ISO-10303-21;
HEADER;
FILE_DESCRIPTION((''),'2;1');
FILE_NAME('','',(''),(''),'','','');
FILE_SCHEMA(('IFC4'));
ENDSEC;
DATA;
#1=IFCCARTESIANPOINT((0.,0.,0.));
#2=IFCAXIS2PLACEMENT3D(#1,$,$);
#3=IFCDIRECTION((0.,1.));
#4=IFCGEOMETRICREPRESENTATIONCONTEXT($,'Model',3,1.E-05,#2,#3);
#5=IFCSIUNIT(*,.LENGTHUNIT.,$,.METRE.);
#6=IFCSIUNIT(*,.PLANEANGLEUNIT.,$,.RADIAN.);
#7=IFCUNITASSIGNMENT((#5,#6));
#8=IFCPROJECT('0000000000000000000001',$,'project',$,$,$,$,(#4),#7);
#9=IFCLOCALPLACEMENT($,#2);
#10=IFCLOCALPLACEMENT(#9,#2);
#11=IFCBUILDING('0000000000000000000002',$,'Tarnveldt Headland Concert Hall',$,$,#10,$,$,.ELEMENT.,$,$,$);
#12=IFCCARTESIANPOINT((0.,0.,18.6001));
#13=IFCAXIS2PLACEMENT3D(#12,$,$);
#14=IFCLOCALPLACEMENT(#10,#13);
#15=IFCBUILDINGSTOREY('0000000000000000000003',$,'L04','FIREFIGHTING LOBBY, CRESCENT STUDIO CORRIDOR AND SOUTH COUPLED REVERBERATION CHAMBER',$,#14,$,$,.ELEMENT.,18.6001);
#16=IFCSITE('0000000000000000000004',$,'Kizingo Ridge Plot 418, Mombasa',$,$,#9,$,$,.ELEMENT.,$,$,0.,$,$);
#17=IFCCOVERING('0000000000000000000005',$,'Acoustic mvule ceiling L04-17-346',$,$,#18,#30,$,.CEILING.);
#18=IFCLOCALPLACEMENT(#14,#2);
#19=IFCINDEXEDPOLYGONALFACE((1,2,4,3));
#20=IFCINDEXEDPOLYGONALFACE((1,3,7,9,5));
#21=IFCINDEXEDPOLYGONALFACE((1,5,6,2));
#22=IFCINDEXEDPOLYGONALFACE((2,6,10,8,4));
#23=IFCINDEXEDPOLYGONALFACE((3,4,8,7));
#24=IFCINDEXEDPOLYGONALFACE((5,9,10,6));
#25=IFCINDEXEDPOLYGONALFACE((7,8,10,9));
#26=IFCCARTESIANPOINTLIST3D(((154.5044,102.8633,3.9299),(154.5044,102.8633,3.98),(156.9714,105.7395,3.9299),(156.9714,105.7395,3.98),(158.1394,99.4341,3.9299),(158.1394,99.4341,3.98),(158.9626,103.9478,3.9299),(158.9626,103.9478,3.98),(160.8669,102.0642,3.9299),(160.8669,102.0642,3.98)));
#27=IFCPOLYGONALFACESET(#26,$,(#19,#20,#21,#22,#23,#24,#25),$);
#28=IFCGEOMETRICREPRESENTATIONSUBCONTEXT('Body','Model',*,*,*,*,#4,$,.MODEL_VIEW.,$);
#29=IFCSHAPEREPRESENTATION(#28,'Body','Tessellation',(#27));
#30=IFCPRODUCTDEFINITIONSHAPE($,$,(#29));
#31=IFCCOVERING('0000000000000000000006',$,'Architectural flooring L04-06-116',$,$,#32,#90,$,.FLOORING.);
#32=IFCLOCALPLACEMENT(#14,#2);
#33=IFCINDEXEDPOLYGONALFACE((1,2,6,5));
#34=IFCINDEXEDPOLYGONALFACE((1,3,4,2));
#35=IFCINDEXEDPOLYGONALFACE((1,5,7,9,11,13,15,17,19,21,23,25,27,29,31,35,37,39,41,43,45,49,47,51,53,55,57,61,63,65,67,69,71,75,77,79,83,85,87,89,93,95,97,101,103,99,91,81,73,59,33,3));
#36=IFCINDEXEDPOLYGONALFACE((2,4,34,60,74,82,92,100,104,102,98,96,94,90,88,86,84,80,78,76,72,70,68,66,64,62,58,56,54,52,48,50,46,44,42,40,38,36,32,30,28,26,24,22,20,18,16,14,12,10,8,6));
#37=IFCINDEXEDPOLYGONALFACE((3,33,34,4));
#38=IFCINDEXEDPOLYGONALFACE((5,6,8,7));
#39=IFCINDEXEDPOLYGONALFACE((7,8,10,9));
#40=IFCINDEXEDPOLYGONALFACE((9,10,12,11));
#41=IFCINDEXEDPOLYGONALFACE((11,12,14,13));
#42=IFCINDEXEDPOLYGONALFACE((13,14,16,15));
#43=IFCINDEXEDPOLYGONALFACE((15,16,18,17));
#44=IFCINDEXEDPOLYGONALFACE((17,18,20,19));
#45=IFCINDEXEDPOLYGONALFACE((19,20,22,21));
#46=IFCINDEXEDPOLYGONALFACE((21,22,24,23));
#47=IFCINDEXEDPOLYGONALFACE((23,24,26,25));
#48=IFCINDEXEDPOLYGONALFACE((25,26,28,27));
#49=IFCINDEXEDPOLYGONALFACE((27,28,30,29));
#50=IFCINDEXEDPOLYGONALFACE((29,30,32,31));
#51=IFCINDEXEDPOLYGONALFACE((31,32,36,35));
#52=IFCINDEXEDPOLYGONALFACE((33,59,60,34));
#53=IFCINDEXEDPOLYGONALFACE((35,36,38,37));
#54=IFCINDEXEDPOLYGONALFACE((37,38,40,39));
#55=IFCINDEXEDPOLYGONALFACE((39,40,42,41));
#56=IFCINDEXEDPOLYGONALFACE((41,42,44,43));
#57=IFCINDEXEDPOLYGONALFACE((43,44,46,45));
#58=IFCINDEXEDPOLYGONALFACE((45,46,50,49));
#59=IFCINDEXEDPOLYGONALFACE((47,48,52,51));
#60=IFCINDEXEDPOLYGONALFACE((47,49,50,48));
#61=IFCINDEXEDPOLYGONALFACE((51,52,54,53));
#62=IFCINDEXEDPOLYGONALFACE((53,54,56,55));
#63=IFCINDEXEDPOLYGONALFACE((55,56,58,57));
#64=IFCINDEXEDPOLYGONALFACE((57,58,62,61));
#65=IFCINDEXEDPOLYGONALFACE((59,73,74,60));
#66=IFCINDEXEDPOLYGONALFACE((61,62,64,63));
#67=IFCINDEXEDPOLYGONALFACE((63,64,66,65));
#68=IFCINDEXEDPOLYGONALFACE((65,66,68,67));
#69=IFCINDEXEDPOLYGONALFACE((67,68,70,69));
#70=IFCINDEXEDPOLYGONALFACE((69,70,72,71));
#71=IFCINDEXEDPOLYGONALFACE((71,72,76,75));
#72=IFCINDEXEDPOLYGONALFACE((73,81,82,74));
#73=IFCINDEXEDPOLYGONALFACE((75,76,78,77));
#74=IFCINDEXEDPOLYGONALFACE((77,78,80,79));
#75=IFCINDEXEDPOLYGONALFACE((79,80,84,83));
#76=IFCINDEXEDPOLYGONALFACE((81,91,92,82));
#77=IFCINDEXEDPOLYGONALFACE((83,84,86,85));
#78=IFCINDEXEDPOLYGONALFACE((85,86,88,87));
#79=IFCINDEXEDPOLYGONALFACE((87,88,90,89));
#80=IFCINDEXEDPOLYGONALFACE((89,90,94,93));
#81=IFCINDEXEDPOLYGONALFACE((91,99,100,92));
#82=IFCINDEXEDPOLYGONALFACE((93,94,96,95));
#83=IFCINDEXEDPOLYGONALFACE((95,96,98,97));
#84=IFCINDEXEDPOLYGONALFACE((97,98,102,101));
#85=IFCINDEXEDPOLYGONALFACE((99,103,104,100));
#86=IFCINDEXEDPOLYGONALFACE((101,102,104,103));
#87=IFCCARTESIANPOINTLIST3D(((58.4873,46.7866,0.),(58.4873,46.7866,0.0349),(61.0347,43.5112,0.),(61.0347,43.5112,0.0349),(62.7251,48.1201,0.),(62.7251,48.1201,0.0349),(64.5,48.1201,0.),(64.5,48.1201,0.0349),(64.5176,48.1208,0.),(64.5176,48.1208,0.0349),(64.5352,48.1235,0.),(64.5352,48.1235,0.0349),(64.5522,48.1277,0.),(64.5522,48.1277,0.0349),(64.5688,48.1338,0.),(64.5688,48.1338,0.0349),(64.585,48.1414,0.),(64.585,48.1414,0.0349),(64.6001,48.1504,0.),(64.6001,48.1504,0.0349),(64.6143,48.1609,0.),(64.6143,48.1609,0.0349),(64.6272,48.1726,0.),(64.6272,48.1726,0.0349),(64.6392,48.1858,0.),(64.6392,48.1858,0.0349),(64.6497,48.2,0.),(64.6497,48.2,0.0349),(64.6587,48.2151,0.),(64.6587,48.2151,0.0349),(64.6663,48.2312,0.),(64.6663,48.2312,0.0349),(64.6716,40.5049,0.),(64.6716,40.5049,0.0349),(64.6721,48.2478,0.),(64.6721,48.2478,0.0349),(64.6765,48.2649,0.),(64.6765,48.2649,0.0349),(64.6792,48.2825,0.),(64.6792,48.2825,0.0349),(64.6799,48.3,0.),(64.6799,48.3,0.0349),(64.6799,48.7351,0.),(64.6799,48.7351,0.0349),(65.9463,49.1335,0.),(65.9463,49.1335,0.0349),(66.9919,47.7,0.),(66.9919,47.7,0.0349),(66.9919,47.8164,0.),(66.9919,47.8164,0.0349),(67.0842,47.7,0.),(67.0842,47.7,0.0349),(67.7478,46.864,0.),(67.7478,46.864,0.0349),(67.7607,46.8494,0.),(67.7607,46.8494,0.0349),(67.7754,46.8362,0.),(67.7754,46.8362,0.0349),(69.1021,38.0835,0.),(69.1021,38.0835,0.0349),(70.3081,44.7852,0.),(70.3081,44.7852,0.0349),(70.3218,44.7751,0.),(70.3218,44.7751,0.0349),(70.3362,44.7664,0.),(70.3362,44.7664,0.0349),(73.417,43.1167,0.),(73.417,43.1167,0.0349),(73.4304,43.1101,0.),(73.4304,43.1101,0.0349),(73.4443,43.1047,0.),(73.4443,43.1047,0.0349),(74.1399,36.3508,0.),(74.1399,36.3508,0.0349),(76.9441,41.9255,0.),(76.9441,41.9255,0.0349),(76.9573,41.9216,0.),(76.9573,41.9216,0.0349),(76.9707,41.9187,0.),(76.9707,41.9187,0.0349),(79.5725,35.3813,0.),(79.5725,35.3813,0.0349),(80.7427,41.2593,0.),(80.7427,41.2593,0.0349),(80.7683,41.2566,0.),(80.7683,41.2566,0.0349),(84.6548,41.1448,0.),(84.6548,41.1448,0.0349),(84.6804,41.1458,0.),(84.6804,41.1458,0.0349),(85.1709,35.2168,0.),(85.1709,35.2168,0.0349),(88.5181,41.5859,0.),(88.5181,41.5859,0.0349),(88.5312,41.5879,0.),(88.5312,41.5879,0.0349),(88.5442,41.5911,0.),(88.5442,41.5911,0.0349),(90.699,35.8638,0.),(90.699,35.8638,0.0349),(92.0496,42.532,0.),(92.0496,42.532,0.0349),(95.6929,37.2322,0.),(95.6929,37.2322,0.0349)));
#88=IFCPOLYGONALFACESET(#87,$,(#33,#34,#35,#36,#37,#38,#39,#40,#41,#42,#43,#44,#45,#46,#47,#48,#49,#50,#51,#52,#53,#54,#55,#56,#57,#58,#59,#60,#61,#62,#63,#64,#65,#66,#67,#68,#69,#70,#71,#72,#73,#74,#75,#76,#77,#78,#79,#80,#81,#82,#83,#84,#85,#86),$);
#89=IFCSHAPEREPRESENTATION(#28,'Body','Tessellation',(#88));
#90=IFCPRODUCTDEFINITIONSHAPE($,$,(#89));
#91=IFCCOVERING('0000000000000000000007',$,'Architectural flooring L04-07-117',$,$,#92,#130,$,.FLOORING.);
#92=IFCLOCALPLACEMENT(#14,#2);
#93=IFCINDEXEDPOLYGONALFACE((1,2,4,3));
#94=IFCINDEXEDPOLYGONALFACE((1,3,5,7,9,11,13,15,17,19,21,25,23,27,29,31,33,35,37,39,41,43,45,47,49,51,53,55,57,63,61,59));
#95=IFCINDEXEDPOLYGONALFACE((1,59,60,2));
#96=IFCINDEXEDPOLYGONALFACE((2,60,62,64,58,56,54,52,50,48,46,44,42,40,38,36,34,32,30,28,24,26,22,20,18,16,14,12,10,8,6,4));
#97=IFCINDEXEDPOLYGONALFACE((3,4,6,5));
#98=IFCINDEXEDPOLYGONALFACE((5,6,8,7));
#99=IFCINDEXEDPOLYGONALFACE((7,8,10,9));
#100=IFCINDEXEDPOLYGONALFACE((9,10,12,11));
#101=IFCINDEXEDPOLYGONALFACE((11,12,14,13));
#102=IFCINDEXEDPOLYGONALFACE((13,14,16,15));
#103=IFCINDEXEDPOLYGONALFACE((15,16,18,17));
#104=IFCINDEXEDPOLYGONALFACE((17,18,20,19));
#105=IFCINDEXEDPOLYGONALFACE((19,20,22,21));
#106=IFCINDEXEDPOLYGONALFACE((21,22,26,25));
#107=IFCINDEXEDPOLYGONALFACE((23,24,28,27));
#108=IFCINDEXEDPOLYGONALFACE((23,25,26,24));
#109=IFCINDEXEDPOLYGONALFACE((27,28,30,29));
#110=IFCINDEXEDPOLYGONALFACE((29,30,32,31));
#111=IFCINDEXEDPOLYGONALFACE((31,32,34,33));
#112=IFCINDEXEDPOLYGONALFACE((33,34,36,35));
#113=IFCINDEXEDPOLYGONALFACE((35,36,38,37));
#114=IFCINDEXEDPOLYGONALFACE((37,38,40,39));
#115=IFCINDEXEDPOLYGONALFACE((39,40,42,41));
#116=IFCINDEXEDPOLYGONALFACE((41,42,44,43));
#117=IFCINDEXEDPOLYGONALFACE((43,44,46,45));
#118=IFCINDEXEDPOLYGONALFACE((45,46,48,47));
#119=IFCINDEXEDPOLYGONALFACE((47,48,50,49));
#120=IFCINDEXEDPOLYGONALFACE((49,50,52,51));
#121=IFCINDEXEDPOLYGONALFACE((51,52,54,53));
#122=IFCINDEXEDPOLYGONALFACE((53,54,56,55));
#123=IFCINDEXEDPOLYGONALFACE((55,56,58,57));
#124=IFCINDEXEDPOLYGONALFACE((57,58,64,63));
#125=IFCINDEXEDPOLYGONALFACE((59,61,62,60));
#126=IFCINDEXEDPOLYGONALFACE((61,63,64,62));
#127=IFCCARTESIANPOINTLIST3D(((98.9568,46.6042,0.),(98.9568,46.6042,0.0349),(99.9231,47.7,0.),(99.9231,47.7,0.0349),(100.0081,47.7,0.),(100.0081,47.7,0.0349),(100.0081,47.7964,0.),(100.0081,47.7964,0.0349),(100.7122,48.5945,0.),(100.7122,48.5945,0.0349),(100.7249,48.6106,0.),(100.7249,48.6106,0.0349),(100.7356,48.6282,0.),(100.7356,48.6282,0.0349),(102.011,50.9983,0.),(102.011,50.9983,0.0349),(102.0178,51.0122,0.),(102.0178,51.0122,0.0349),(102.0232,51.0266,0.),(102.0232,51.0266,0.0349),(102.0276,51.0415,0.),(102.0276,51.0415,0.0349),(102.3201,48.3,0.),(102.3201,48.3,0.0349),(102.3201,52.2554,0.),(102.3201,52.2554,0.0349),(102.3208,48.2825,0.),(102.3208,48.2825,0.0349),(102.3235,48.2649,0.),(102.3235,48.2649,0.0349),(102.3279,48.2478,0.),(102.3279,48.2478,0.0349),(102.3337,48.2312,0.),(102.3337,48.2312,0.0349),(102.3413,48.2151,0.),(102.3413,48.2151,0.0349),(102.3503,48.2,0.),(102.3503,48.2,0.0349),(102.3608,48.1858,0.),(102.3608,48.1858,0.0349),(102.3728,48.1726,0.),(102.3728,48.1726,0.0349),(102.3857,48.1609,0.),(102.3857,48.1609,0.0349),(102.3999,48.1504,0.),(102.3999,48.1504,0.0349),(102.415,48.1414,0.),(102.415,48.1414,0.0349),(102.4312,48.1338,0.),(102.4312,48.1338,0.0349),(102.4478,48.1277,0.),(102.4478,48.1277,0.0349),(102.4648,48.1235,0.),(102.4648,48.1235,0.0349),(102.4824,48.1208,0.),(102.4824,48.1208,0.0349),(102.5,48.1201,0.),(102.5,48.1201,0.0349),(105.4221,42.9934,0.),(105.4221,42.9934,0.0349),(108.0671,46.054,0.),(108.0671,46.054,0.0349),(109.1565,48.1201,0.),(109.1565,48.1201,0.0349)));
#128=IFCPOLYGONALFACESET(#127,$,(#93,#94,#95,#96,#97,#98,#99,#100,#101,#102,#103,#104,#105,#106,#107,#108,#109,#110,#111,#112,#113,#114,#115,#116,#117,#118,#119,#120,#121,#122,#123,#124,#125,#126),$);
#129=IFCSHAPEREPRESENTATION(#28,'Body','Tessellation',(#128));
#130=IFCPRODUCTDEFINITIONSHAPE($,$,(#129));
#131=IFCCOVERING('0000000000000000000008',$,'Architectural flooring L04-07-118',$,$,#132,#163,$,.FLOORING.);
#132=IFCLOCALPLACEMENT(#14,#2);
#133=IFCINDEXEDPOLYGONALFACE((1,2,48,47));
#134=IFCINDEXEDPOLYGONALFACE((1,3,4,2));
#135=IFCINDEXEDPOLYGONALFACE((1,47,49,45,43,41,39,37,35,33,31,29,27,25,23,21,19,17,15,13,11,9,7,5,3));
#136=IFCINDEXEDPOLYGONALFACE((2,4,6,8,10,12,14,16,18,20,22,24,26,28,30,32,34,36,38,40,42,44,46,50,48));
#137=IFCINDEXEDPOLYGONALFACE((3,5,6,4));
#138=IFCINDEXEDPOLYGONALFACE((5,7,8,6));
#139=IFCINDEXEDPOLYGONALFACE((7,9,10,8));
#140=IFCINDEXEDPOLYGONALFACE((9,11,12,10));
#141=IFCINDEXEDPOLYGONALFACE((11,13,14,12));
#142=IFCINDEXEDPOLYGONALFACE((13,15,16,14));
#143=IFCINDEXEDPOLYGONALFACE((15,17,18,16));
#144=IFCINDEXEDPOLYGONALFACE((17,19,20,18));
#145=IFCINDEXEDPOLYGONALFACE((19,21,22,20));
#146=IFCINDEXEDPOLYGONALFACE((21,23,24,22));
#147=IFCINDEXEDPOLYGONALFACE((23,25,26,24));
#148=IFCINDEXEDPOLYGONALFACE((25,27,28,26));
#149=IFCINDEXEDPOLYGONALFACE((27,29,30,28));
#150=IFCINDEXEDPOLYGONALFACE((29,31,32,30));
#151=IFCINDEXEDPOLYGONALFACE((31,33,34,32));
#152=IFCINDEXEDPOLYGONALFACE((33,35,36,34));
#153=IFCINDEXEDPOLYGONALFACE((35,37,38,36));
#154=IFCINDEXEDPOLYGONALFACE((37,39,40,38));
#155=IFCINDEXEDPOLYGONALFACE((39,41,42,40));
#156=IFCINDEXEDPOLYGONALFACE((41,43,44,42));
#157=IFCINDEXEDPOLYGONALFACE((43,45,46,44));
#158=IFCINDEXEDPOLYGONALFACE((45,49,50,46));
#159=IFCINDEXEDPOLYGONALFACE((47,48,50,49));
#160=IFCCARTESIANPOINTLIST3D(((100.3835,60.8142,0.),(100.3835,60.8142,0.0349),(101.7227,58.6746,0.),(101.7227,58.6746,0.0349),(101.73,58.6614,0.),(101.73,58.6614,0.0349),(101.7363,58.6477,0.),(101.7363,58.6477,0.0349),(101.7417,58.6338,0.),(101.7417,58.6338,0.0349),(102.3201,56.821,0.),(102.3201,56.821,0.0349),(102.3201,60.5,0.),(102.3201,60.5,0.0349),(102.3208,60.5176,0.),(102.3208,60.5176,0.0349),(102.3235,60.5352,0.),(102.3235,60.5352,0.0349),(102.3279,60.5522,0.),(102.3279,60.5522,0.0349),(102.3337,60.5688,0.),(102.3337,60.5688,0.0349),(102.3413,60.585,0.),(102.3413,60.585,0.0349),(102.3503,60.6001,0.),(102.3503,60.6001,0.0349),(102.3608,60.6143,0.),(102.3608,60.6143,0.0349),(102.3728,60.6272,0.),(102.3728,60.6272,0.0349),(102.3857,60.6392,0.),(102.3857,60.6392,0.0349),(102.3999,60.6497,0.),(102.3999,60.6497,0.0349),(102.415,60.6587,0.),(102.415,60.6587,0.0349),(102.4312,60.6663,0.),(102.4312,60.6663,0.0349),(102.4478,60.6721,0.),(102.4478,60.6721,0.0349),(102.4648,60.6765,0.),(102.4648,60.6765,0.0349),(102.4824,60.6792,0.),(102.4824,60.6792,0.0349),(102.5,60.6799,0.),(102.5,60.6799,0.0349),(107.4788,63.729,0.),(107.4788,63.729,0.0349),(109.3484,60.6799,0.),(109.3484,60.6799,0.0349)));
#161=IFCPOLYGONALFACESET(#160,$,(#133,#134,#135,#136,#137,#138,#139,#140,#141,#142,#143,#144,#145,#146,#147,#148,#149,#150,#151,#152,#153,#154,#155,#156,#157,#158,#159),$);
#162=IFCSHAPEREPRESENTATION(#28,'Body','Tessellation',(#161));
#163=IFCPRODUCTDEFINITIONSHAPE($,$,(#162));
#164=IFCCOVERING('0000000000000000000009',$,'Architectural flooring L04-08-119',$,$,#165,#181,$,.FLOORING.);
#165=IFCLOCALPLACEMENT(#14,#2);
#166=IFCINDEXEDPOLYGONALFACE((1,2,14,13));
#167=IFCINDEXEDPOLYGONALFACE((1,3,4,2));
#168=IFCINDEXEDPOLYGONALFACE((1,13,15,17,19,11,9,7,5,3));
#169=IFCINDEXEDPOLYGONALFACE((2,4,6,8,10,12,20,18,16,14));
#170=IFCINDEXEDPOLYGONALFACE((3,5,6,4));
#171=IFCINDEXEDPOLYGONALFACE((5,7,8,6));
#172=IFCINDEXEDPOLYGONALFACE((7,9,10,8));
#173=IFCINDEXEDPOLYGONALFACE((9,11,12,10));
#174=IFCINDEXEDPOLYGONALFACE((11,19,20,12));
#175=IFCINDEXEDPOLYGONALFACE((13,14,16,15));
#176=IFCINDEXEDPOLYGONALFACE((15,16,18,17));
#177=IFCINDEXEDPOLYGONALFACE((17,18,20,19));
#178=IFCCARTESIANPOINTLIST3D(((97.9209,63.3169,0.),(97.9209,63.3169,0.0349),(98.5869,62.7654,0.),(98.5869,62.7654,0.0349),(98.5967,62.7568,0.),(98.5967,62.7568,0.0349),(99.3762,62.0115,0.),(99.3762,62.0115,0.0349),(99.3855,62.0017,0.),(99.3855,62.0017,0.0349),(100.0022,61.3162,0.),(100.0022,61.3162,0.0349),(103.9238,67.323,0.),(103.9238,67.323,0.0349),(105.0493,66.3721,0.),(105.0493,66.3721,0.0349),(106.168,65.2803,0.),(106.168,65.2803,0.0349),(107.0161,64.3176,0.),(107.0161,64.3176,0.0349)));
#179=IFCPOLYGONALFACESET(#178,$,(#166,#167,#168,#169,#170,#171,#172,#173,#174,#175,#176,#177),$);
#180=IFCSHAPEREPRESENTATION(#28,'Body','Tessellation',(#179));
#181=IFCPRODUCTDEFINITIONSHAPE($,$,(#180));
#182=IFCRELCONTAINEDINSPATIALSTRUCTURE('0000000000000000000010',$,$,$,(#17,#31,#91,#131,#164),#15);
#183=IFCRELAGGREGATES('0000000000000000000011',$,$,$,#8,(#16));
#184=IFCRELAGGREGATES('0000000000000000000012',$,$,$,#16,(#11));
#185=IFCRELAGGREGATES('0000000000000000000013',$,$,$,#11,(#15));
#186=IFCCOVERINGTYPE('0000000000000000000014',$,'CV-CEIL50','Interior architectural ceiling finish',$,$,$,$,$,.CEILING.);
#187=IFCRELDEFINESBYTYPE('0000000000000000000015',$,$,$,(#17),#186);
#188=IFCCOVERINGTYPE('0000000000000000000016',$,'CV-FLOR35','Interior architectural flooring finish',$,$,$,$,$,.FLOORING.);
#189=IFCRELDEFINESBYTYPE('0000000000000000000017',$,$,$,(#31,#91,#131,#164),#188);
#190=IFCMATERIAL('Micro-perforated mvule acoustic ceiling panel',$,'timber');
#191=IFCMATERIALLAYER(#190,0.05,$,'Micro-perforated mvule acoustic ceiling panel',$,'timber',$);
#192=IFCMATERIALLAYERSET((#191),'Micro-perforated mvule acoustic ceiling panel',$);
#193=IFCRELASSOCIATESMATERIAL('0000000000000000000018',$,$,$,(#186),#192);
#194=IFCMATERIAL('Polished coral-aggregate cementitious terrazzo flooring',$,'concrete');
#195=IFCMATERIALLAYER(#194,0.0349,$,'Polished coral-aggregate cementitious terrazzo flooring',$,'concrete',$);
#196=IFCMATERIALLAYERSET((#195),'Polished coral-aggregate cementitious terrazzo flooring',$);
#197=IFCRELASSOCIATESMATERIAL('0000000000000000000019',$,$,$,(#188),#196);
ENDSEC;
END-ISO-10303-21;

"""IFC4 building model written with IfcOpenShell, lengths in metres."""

from ifc_helpers import new_model, si_unit, direction, frame, origin, place, context, subcontext, project, spatial, polyline, outline, extrude, material, layer, layer_set, type_object, element, save


model = new_model("IFC4")

# Units and contexts
model_context = context("Model", 3, precision=1e-05, world=origin(), true_north=direction((0.0, 1.0)))
body_context = subcontext(model_context, "Body", "Model", "MODEL_VIEW")
ifc_project = project(units=[si_unit("LENGTHUNIT", "METRE"), si_unit("PLANEANGLEUNIT", "RADIAN")], contexts=[model_context])

# Site, building, storey
site_placement = place(None, origin())
site = spatial("IfcSite", under=ifc_project, at=site_placement, Name="Kizingo Ridge Plot 418, Mombasa", CompositionType="ELEMENT", RefElevation=0.0)
building_placement = place(site_placement, origin())
building = spatial("IfcBuilding", under=site, at=building_placement, Name="Tarnveldt Headland Concert Hall", CompositionType="ELEMENT")
storey_placement = place(building_placement, frame((0.0, 0.0, 18.6001)))
storey = spatial("IfcBuildingStorey", under=building, at=storey_placement, Name="L04", Description="FIREFIGHTING LOBBY, CRESCENT STUDIO CORRIDOR AND SOUTH COUPLED REVERBERATION CHAMBER", CompositionType="ELEMENT", Elevation=18.6001)

# Coverings
ifc_material_1 = material(Name="Micro-perforated mvule acoustic ceiling panel", Category="timber")
ifc_layer_1 = layer(ifc_material_1, 0.05, Name="Micro-perforated mvule acoustic ceiling panel", Category="timber")
ifc_layer_set_1 = layer_set([ifc_layer_1], Name="Micro-perforated mvule acoustic ceiling panel")
covering_type_1 = type_object("IfcCoveringType", Name="CV-CEIL50", Description="Interior architectural ceiling finish", PredefinedType="CEILING", material=ifc_layer_set_1)
covering_1_placement = place(storey_placement, frame((0.0, 0.0, 3.9299)))
element("IfcCovering", 1, at=covering_1_placement, inside=storey, type_object=covering_type_1, Name="Acoustic mvule ceiling L04-17-346", PredefinedType="CEILING", context=body_context, shape_type="SweptSolid", body=[
    extrude(outline(polyline([(160.8669, 102.0642), (158.1394, 99.4341), (154.5044, 102.8633), (156.9714, 105.7395), (158.9626, 103.9478), (160.8669, 102.0642)])), origin(), (0.0, 0.0, 1.0), 0.05),
])
ifc_material_2 = material(Name="Polished coral-aggregate cementitious terrazzo flooring", Category="concrete")
ifc_layer_2 = layer(ifc_material_2, 0.0349, Name="Polished coral-aggregate cementitious terrazzo flooring", Category="concrete")
ifc_layer_set_2 = layer_set([ifc_layer_2], Name="Polished coral-aggregate cementitious terrazzo flooring")
covering_type_2 = type_object("IfcCoveringType", Name="CV-FLOR35", Description="Interior architectural flooring finish", PredefinedType="FLOORING", material=ifc_layer_set_2)
covering_2_placement = place(storey_placement, origin())
element("IfcCovering", 2, at=covering_2_placement, inside=storey, type_object=covering_type_2, Name="Architectural flooring L04-06-116", PredefinedType="FLOORING", context=body_context, shape_type="SweptSolid", body=[
    extrude(outline(polyline([(66.9919, 47.7), (67.0842, 47.7), (67.7478, 46.864), (67.7607, 46.8494), (67.7754, 46.8362), (70.3081, 44.7852), (70.3218, 44.7751), (70.3362, 44.7664), (73.417, 43.1167), (73.4304, 43.1101), (73.4443, 43.1047), (76.9441, 41.9255), (76.9573, 41.9216), (76.9707, 41.9187), (80.7427, 41.2593), (80.7683, 41.2566), (84.6548, 41.1448), (84.6804, 41.1458), (88.5181, 41.5859), (88.5312, 41.5879), (88.5442, 41.5911), (92.0496, 42.532), (95.6929, 37.2322), (90.699, 35.8638), (85.1709, 35.2168), (79.5725, 35.3813), (74.1399, 36.3508), (69.1021, 38.0835), (64.6716, 40.5049), (61.0347, 43.5112), (58.4873, 46.7866), (62.7251, 48.1201), (64.5, 48.1201), (64.5176, 48.1208), (64.5352, 48.1235), (64.5522, 48.1277), (64.5688, 48.1338), (64.585, 48.1414), (64.6001, 48.1504), (64.6143, 48.1609), (64.6272, 48.1726), (64.6392, 48.1858), (64.6497, 48.2), (64.6587, 48.2151), (64.6663, 48.2312), (64.6721, 48.2478), (64.6765, 48.2649), (64.6792, 48.2825), (64.6799, 48.3), (64.6799, 48.7351), (65.9463, 49.1335), (66.9919, 47.8164), (66.9919, 47.7)])), origin(), (0.0, 0.0, 1.0), 0.0349),
])
covering_3_placement = place(storey_placement, origin())
element("IfcCovering", 3, at=covering_3_placement, inside=storey, type_object=covering_type_2, Name="Architectural flooring L04-07-117", PredefinedType="FLOORING", context=body_context, shape_type="SweptSolid", body=[
    extrude(outline(polyline([(102.3208, 48.2825), (102.3235, 48.2649), (102.3279, 48.2478), (102.3337, 48.2312), (102.3413, 48.2151), (102.3503, 48.2), (102.3608, 48.1858), (102.3728, 48.1726), (102.3857, 48.1609), (102.3999, 48.1504), (102.415, 48.1414), (102.4312, 48.1338), (102.4478, 48.1277), (102.4648, 48.1235), (102.4824, 48.1208), (102.5, 48.1201), (109.1565, 48.1201), (108.0671, 46.054), (105.4221, 42.9934), (98.9568, 46.6042), (99.9231, 47.7), (100.0081, 47.7), (100.0081, 47.7964), (100.7122, 48.5945), (100.7249, 48.6106), (100.7356, 48.6282), (102.011, 50.9983), (102.0178, 51.0122), (102.0232, 51.0266), (102.0276, 51.0415), (102.3201, 52.2554), (102.3201, 48.3), (102.3208, 48.2825)])), origin(), (0.0, 0.0, 1.0), 0.0349),
])
covering_4_placement = place(storey_placement, origin())
element("IfcCovering", 4, at=covering_4_placement, inside=storey, type_object=covering_type_2, Name="Architectural flooring L04-07-118", PredefinedType="FLOORING", context=body_context, shape_type="SweptSolid", body=[
    extrude(outline(polyline([(101.7363, 58.6477), (101.73, 58.6614), (101.7227, 58.6746), (100.3835, 60.8142), (107.4788, 63.729), (109.3484, 60.6799), (102.5, 60.6799), (102.4824, 60.6792), (102.4648, 60.6765), (102.4478, 60.6721), (102.4312, 60.6663), (102.415, 60.6587), (102.3999, 60.6497), (102.3857, 60.6392), (102.3728, 60.6272), (102.3608, 60.6143), (102.3503, 60.6001), (102.3413, 60.585), (102.3337, 60.5688), (102.3279, 60.5522), (102.3235, 60.5352), (102.3208, 60.5176), (102.3201, 60.5), (102.3201, 56.821), (101.7417, 58.6338), (101.7363, 58.6477)])), origin(), (0.0, 0.0, 1.0), 0.0349),
])
covering_5_placement = place(storey_placement, origin())
element("IfcCovering", 5, at=covering_5_placement, inside=storey, type_object=covering_type_2, Name="Architectural flooring L04-08-119", PredefinedType="FLOORING", context=body_context, shape_type="SweptSolid", body=[
    extrude(outline(polyline([(100.0022, 61.3162), (99.3855, 62.0017), (99.3762, 62.0115), (98.5967, 62.7568), (98.5869, 62.7654), (97.9209, 63.3169), (103.9238, 67.323), (105.0493, 66.3721), (106.168, 65.2803), (107.0161, 64.3176), (100.0022, 61.3162)])), origin(), (0.0, 0.0, 1.0), 0.0349),
])

save(model, "model.ifc")
